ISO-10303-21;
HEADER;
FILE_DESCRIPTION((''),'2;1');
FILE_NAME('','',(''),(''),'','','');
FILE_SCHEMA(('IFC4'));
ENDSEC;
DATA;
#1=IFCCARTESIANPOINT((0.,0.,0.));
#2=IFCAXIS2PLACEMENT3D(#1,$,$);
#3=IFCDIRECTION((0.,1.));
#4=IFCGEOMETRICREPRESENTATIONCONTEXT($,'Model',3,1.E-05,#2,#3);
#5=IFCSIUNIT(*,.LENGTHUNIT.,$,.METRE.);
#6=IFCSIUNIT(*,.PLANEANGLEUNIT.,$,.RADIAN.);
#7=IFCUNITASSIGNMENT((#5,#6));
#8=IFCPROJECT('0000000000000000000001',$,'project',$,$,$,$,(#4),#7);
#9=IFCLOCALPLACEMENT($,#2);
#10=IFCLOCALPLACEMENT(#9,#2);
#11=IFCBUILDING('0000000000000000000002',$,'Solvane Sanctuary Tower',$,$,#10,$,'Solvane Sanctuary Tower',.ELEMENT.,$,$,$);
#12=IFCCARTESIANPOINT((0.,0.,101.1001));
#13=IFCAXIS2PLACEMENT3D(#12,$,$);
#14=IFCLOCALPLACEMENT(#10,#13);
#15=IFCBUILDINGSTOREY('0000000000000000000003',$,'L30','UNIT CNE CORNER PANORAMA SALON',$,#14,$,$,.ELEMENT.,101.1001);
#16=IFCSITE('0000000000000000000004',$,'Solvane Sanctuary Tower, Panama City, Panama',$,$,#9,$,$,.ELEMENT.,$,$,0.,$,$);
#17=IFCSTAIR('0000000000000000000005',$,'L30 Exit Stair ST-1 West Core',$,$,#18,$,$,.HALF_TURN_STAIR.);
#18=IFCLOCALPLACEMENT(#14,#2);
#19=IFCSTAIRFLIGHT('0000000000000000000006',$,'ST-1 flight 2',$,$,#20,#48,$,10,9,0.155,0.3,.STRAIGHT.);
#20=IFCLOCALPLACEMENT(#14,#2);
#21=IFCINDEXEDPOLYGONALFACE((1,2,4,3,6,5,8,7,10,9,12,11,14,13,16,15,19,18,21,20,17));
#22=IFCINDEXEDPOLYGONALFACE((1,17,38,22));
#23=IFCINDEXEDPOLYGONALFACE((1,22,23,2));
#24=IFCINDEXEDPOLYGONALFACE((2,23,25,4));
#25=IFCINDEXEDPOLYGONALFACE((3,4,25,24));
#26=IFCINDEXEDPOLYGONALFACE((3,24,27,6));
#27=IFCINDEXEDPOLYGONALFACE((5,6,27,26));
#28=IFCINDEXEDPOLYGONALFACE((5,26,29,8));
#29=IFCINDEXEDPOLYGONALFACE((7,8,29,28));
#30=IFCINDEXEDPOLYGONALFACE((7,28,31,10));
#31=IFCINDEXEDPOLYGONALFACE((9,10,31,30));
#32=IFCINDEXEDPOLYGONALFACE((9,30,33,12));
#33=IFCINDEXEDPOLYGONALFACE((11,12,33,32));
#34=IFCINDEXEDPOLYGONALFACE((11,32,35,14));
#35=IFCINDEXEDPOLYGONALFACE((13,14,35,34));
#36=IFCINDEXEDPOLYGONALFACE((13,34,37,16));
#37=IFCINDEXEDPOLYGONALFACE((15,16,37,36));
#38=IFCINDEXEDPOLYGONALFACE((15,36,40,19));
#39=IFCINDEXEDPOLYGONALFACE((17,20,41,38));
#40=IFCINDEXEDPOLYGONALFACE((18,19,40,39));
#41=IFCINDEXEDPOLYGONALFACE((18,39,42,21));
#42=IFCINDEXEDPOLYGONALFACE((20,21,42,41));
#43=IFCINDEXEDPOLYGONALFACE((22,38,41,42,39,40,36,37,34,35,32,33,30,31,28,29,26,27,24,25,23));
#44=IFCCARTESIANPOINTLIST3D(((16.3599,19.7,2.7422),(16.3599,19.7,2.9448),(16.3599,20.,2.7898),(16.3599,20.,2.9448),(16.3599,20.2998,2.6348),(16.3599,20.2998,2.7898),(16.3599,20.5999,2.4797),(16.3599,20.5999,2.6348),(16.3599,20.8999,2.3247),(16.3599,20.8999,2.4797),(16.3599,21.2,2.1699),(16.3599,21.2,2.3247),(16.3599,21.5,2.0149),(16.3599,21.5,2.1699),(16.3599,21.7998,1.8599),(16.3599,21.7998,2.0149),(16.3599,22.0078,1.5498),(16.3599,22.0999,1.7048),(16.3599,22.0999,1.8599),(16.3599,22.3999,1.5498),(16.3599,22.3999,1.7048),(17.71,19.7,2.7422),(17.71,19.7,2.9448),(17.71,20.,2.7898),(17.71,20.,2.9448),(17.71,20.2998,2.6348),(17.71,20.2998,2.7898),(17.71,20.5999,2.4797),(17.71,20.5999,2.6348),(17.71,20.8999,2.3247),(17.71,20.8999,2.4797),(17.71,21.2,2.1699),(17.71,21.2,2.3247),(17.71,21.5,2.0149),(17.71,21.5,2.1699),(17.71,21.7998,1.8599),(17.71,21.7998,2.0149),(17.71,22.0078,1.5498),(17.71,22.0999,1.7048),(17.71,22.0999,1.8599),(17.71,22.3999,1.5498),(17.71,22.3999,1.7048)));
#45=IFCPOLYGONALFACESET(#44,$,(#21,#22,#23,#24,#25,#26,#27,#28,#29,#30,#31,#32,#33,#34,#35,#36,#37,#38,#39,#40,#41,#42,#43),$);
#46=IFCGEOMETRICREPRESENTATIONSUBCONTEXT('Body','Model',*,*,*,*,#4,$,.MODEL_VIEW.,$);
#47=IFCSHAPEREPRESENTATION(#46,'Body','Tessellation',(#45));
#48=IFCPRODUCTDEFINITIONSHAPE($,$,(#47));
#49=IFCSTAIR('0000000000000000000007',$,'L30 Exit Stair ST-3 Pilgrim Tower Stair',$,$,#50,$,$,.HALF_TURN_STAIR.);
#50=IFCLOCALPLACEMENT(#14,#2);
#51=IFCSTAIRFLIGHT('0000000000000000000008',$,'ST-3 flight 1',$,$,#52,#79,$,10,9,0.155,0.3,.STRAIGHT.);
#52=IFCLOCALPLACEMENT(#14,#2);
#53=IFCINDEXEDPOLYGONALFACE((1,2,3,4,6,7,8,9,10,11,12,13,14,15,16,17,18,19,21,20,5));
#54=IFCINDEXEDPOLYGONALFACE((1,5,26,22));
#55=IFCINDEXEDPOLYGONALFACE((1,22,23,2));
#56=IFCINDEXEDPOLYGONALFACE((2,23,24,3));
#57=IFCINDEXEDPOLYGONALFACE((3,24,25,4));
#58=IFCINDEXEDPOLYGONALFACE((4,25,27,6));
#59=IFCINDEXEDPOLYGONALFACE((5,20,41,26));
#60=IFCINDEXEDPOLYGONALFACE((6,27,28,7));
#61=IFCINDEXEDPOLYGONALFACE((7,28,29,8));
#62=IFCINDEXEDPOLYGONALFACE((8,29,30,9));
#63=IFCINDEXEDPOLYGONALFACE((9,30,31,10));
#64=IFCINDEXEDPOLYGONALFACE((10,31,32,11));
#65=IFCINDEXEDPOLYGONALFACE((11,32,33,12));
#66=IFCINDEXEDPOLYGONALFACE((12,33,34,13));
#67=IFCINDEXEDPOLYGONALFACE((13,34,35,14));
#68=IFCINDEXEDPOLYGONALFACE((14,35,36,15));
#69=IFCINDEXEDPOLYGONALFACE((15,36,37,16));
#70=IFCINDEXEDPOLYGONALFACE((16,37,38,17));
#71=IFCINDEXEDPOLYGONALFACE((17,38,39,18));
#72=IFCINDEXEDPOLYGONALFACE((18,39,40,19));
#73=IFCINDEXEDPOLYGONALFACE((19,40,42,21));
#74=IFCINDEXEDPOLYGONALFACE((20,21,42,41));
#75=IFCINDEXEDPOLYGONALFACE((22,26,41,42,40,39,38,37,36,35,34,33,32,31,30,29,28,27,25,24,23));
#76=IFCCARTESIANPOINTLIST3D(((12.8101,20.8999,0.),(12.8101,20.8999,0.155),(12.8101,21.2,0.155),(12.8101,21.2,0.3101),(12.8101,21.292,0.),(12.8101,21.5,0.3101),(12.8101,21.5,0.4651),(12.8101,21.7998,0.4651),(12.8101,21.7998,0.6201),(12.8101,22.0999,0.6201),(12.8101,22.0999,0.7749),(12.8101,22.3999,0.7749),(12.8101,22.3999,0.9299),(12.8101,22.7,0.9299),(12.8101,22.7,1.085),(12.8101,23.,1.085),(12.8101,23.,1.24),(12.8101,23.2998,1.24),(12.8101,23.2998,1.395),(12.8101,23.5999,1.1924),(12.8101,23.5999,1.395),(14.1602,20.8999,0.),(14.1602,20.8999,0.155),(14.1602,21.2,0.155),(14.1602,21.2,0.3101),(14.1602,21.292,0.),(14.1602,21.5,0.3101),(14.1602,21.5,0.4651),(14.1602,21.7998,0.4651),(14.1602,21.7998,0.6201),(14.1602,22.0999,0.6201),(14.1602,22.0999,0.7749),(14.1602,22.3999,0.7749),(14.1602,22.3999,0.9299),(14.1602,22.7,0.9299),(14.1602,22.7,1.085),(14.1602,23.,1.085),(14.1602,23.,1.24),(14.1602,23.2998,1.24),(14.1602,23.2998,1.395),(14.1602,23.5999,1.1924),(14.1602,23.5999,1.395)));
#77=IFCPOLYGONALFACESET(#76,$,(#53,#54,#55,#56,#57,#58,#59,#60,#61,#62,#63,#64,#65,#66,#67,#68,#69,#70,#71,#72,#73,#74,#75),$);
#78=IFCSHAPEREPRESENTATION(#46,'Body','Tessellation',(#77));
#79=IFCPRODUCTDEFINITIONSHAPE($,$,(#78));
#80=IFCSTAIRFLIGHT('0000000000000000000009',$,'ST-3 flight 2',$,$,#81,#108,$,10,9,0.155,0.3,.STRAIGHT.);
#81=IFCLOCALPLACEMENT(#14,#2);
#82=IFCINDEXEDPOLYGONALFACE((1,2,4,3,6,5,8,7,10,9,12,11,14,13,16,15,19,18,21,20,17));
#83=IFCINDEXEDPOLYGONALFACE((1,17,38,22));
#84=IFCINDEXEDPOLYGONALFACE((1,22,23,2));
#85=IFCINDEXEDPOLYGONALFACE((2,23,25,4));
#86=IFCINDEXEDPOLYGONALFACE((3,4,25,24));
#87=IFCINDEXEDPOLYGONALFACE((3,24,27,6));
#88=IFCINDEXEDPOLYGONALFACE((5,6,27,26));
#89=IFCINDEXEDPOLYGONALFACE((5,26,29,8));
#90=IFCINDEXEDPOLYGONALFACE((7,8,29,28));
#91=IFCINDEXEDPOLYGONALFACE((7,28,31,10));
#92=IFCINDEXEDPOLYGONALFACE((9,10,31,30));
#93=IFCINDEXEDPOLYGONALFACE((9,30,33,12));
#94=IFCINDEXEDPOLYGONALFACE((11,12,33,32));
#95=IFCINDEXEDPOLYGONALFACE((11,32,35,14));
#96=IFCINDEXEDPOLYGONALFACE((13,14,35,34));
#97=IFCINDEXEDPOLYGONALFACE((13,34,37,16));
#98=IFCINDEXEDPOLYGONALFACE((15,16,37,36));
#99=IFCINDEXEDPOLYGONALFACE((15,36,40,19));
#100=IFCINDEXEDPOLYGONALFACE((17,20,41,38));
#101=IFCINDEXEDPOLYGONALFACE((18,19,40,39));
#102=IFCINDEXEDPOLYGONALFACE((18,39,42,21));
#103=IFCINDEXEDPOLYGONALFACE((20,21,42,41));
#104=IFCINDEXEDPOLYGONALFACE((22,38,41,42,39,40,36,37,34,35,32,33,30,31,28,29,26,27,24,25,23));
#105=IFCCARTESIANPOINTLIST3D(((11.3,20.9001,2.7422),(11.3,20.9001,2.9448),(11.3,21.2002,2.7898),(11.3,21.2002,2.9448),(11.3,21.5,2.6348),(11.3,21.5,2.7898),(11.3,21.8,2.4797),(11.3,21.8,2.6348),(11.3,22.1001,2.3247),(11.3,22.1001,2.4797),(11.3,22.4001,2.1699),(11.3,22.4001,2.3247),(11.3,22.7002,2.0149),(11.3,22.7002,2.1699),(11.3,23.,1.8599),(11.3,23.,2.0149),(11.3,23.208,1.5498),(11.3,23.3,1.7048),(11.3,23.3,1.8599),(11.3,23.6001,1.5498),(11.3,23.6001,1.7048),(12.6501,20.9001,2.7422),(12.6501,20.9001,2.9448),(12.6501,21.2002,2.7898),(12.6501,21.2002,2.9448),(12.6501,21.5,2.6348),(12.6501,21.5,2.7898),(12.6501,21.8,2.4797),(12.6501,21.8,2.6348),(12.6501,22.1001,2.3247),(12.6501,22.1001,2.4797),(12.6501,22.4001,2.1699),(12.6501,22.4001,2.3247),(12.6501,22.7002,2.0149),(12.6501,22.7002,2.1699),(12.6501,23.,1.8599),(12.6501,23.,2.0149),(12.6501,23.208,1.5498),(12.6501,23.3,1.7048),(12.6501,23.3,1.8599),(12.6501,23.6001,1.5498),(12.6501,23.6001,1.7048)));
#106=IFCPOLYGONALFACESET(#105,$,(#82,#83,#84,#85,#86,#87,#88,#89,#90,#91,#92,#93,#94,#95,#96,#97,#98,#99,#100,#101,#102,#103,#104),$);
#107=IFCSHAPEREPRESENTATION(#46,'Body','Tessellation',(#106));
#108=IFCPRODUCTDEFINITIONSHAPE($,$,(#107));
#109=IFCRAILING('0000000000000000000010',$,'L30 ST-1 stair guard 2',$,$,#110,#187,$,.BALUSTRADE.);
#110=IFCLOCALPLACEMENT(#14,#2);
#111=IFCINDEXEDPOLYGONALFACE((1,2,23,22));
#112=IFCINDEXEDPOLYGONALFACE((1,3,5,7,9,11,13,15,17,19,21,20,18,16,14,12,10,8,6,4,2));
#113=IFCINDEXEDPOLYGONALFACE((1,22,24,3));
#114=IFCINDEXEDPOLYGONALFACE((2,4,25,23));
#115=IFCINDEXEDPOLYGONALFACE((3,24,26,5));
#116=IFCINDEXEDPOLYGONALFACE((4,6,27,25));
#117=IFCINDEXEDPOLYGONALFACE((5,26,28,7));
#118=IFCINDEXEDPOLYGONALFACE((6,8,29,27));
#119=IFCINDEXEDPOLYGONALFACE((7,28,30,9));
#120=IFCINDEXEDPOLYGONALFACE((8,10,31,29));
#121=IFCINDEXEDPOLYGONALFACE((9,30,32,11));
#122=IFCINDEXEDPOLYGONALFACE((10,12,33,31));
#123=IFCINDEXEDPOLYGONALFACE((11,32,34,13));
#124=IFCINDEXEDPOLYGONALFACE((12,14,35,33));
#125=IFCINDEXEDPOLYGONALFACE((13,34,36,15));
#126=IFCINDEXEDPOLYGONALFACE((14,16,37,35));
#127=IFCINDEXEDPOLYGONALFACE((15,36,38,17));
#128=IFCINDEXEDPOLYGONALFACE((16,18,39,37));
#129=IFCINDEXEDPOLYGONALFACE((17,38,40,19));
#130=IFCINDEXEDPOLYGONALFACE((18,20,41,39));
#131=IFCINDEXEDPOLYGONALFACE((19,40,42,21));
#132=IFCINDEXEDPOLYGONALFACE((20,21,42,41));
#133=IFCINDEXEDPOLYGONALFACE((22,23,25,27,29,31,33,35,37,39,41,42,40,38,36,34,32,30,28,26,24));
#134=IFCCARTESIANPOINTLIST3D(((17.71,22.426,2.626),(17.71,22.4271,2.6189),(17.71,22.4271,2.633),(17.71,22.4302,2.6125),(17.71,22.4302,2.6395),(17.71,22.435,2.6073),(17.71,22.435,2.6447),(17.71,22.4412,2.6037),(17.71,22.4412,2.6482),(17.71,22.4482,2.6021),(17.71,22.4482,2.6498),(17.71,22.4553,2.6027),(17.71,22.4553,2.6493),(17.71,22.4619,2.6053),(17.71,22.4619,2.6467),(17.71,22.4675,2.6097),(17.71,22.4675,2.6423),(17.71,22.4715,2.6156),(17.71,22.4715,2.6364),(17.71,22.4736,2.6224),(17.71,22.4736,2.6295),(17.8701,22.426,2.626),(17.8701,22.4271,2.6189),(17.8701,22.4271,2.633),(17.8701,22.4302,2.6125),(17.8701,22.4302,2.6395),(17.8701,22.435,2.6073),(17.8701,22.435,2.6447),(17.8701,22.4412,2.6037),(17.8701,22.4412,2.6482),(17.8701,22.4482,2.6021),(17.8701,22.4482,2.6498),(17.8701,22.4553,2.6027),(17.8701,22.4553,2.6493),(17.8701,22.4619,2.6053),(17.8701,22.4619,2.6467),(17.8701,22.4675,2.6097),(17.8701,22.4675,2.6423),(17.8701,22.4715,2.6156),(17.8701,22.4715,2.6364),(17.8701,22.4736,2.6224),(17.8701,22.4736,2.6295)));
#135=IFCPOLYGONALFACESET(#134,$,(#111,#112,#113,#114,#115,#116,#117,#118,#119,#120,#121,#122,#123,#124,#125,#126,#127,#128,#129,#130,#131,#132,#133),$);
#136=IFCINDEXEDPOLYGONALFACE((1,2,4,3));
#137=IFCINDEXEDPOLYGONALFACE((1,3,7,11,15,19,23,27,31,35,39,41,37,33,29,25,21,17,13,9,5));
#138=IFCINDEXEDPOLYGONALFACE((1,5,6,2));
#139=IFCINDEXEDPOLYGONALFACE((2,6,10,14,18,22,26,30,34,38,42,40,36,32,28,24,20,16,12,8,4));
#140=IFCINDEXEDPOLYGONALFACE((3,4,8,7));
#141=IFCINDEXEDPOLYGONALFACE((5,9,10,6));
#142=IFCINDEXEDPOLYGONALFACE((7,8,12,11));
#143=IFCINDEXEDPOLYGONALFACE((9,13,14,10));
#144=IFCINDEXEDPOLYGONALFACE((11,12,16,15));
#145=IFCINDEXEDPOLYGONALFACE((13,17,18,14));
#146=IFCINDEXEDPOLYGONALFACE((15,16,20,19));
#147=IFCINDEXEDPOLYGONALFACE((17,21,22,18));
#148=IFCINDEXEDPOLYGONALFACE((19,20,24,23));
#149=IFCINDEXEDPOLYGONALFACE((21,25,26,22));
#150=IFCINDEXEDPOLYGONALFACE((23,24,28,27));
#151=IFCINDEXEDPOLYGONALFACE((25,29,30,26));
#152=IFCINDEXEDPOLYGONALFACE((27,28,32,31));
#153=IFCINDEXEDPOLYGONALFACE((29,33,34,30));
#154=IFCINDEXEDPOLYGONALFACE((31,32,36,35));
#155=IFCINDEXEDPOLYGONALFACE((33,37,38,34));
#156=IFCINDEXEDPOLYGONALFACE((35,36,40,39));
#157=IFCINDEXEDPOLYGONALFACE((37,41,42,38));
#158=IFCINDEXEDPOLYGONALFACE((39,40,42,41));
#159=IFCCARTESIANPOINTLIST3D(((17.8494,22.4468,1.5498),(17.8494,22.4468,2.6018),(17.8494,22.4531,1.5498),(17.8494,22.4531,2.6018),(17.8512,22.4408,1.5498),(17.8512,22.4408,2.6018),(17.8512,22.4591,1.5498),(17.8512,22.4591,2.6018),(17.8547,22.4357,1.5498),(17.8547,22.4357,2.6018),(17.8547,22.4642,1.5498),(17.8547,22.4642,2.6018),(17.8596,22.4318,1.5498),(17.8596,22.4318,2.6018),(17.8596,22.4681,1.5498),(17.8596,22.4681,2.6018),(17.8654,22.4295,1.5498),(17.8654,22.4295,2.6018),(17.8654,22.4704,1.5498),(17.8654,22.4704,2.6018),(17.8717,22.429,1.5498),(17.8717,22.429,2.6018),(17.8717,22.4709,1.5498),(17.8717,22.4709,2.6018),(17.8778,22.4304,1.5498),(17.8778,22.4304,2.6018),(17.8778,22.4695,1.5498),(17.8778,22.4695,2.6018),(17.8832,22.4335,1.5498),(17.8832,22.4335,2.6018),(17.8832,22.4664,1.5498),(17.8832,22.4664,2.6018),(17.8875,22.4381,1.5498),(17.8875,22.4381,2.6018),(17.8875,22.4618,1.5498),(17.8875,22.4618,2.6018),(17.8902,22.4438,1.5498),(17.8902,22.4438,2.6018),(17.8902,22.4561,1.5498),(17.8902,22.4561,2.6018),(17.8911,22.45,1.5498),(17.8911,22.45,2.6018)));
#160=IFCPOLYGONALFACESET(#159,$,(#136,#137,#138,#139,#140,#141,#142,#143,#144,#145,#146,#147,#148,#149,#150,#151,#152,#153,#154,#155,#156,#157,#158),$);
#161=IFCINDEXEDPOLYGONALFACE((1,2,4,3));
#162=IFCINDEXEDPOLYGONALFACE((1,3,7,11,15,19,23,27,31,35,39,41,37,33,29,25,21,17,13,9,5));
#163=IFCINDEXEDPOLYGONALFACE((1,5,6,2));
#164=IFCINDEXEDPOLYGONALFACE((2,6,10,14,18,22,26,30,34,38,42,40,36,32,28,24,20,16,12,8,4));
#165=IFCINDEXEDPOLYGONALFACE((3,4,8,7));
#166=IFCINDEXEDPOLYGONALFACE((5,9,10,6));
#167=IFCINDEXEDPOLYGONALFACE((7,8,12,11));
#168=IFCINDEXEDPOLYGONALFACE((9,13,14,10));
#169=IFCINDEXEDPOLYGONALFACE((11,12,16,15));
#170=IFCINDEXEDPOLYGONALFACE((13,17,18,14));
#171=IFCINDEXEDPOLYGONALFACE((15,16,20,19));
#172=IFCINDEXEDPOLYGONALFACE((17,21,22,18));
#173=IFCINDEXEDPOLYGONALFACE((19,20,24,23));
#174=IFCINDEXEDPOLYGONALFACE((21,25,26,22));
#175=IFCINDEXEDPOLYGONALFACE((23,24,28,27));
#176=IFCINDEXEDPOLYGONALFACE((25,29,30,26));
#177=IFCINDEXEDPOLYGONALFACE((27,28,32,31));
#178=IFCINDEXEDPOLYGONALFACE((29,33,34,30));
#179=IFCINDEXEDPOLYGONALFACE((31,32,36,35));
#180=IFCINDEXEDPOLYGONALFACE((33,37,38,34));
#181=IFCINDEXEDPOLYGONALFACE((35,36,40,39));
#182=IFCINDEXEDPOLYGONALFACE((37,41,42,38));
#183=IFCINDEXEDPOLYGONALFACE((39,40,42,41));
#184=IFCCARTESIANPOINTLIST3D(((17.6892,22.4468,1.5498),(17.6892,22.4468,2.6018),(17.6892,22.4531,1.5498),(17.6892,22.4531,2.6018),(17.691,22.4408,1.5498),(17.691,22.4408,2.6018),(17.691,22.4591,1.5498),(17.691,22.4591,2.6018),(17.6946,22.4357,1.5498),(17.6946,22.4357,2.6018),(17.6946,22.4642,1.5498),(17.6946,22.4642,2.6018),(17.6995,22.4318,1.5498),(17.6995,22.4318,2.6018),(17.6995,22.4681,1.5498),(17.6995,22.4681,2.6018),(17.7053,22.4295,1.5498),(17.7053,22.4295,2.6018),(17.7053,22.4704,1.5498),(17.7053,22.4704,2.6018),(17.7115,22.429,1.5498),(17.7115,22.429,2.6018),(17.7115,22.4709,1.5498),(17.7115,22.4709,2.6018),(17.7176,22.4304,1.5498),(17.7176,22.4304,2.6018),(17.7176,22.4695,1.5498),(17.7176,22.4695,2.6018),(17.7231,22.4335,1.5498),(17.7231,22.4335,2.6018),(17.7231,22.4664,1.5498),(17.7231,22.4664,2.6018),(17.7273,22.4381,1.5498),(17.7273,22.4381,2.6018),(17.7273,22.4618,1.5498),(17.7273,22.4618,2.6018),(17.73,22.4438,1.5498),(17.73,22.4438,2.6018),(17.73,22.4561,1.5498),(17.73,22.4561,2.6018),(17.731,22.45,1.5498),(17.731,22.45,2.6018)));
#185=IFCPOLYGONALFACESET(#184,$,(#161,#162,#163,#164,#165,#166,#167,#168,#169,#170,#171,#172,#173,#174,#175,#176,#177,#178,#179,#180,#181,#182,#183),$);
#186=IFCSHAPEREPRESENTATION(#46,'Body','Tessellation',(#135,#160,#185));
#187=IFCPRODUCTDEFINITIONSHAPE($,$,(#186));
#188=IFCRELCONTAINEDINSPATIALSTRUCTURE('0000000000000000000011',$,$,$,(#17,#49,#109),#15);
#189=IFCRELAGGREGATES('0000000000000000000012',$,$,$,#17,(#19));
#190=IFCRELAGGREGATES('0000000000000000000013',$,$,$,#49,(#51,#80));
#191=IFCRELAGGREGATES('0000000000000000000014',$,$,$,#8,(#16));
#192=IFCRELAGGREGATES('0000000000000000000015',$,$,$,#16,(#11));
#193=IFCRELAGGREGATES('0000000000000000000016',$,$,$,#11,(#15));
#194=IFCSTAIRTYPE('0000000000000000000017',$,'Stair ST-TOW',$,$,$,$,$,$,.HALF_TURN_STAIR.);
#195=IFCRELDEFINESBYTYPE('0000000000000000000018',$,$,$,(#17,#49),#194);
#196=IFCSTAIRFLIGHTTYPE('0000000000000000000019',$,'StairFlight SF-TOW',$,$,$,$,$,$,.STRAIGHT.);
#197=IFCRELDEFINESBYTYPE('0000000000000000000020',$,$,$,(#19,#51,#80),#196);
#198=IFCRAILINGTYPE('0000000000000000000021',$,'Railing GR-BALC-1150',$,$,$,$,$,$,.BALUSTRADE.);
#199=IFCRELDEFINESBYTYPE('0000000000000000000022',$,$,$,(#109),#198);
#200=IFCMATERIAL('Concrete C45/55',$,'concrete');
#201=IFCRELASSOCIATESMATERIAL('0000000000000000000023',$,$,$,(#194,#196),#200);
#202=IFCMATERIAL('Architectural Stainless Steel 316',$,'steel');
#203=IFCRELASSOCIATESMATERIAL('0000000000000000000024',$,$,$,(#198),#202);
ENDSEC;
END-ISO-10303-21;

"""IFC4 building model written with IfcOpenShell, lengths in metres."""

from ifc_helpers import new_model, si_unit, direction, frame, origin, origin_2d, place, context, subcontext, project, spatial, polyline, circle, outline, extrude, material, type_object, element, aggregate, save


model = new_model("IFC4")

# Units and contexts
model_context = context("Model", 3, precision=1e-05, world=origin(), true_north=direction((0.0, 1.0)))
body_context = subcontext(model_context, "Body", "Model", "MODEL_VIEW")
ifc_project = project(units=[si_unit("LENGTHUNIT", "METRE"), si_unit("PLANEANGLEUNIT", "RADIAN")], contexts=[model_context])

# Site, building, storey
site_placement = place(None, origin())
site = spatial("IfcSite", under=ifc_project, at=site_placement, Name="Solvane Sanctuary Tower, Panama City, Panama", CompositionType="ELEMENT", RefElevation=0.0)
building_placement = place(site_placement, origin())
building = spatial("IfcBuilding", under=site, at=building_placement, Name="Solvane Sanctuary Tower", LongName="Solvane Sanctuary Tower", CompositionType="ELEMENT")
storey_placement = place(building_placement, frame((0.0, 0.0, 101.1001)))
storey = spatial("IfcBuildingStorey", under=building, at=storey_placement, Name="L30", Description="UNIT CNE CORNER PANORAMA SALON", CompositionType="ELEMENT", Elevation=101.1001)

# Stair, stair flight
ifc_material_1 = material(Name="Concrete C45/55", Category="concrete")
stair_type = type_object("IfcStairType", Name="Stair ST-TOW", PredefinedType="HALF_TURN_STAIR", material=ifc_material_1)
stair_1_placement = place(storey_placement, origin())
stair_1 = element("IfcStair", 1, at=stair_1_placement, inside=storey, type_object=stair_type, Name="L30 Exit Stair ST-1 West Core", PredefinedType="HALF_TURN_STAIR")
stair_flight_type = type_object("IfcStairFlightType", Name="StairFlight SF-TOW", PredefinedType="STRAIGHT", material=ifc_material_1)
stair_flight_1_placement = place(storey_placement, frame((17.0349, 22.3999, 1.5498), z_axis=(0.0, 0.0, 1.0), x_axis=(0.0, -1.0, 0.0)))
stair_flight_1 = element("IfcStairFlight", 2, at=stair_flight_1_placement, type_object=stair_flight_type, Name="ST-1 flight 2", NumberOfRisers=10, NumberOfTreads=9, PredefinedType="STRAIGHT", RiserHeight=0.155, TreadLength=0.3, context=body_context, shape_type="SweptSolid", body=[
    extrude(outline(polyline([(0.0, 0.0), (0.0, 0.155), (0.3, 0.155), (0.3, 0.3101), (0.6001, 0.3101), (0.6001, 0.4651), (0.8999, 0.4651), (0.8999, 0.6201), (1.2, 0.6201), (1.2, 0.7749), (1.5, 0.7749), (1.5, 0.9299), (1.8, 0.9299), (1.8, 1.085), (2.1001, 1.085), (2.1001, 1.24), (2.3999, 1.24), (2.3999, 1.395), (2.7, 1.395), (2.7, 1.55), (2.7, 1.1924), (0.3921, 0.0), (0.0, 0.0)])), frame((0.0, 0.675, 0.0), z_axis=(0.0, -1.0, 0.0), x_axis=(1.0, 0.0, 0.0)), (0.0, 0.0, 1.0), 1.3501),
])
aggregate(stair_1, [stair_flight_1])

# Stair, stair flights
stair_2_placement = place(storey_placement, origin())
stair_2 = element("IfcStair", 3, at=stair_2_placement, inside=storey, type_object=stair_type, Name="L30 Exit Stair ST-3 Pilgrim Tower Stair", PredefinedType="HALF_TURN_STAIR")
stair_flight_2_placement = place(storey_placement, frame((13.4851, 20.8999, 0.0), z_axis=(0.0, 0.0, 1.0), x_axis=(0.0, 1.0, 0.0)))
stair_flight_2 = element("IfcStairFlight", 4, at=stair_flight_2_placement, type_object=stair_flight_type, Name="ST-3 flight 1", NumberOfRisers=10, NumberOfTreads=9, PredefinedType="STRAIGHT", RiserHeight=0.155, TreadLength=0.3, context=body_context, shape_type="SweptSolid", body=[
    extrude(outline(polyline([(0.0, 0.0), (0.0, 0.155), (0.3, 0.155), (0.3, 0.3101), (0.6001, 0.3101), (0.6001, 0.4651), (0.8999, 0.4651), (0.8999, 0.6201), (1.2, 0.6201), (1.2, 0.7749), (1.5, 0.7749), (1.5, 0.9299), (1.8, 0.9299), (1.8, 1.085), (2.1001, 1.085), (2.1001, 1.24), (2.3999, 1.24), (2.3999, 1.395), (2.7, 1.395), (2.7, 1.55), (2.7, 1.1924), (0.3921, 0.0), (0.0, 0.0)])), frame((0.0, 0.675, 0.0), z_axis=(0.0, -1.0, 0.0), x_axis=(1.0, 0.0, 0.0)), (0.0, 0.0, 1.0), 1.3501),
])
stair_flight_3_placement = place(storey_placement, frame((11.9751, 23.6001, 1.5498), z_axis=(0.0, 0.0, 1.0), x_axis=(0.0, -1.0, 0.0)))
stair_flight_3 = element("IfcStairFlight", 5, at=stair_flight_3_placement, type_object=stair_flight_type, Name="ST-3 flight 2", NumberOfRisers=10, NumberOfTreads=9, PredefinedType="STRAIGHT", RiserHeight=0.155, TreadLength=0.3, context=body_context, shape_type="SweptSolid", body=[
    extrude(outline(polyline([(0.0, 0.0), (0.0, 0.155), (0.3, 0.155), (0.3, 0.3101), (0.6001, 0.3101), (0.6001, 0.4651), (0.8999, 0.4651), (0.8999, 0.6201), (1.2, 0.6201), (1.2, 0.7749), (1.5, 0.7749), (1.5, 0.9299), (1.8, 0.9299), (1.8, 1.085), (2.1001, 1.085), (2.1001, 1.24), (2.3999, 1.24), (2.3999, 1.395), (2.7, 1.395), (2.7, 1.55), (2.7, 1.1924), (0.3921, 0.0), (0.0, 0.0)])), frame((0.0, 0.675, 0.0), z_axis=(0.0, -1.0, 0.0), x_axis=(1.0, 0.0, 0.0)), (0.0, 0.0, 1.0), 1.3501),
])
aggregate(stair_2, [stair_flight_2, stair_flight_3])

# Railing
ifc_material_2 = material(Name="Architectural Stainless Steel 316", Category="steel")
railing_type_1 = type_object("IfcRailingType", Name="Railing GR-BALC-1150", PredefinedType="BALUSTRADE", material=ifc_material_2)
railing_1_placement = place(storey_placement, frame((17.8701, 22.45, 1.5498)))
element("IfcRailing", 6, at=railing_1_placement, inside=storey, type_object=railing_type_1, Name="L30 ST-1 stair guard 2", PredefinedType="BALUSTRADE", context=body_context, shape_type="SweptSolid", body=[
    extrude(circle(Radius=0.0239, at=origin_2d()), frame((0.0, 0.0, 1.0762), z_axis=(-1.0, 0.0, 0.0), x_axis=(0.0, -1.0, 0.0)), (0.0, 0.0, 1.0), 0.1602),
    extrude(circle(Radius=0.021, at=origin_2d()), origin(), (0.0, 0.0, 1.0), 1.052),
    extrude(circle(Radius=0.021, at=origin_2d()), frame((-0.1602, 0.0, 0.0)), (0.0, 0.0, 1.0), 1.052),
])

save(model, "model.ifc")
